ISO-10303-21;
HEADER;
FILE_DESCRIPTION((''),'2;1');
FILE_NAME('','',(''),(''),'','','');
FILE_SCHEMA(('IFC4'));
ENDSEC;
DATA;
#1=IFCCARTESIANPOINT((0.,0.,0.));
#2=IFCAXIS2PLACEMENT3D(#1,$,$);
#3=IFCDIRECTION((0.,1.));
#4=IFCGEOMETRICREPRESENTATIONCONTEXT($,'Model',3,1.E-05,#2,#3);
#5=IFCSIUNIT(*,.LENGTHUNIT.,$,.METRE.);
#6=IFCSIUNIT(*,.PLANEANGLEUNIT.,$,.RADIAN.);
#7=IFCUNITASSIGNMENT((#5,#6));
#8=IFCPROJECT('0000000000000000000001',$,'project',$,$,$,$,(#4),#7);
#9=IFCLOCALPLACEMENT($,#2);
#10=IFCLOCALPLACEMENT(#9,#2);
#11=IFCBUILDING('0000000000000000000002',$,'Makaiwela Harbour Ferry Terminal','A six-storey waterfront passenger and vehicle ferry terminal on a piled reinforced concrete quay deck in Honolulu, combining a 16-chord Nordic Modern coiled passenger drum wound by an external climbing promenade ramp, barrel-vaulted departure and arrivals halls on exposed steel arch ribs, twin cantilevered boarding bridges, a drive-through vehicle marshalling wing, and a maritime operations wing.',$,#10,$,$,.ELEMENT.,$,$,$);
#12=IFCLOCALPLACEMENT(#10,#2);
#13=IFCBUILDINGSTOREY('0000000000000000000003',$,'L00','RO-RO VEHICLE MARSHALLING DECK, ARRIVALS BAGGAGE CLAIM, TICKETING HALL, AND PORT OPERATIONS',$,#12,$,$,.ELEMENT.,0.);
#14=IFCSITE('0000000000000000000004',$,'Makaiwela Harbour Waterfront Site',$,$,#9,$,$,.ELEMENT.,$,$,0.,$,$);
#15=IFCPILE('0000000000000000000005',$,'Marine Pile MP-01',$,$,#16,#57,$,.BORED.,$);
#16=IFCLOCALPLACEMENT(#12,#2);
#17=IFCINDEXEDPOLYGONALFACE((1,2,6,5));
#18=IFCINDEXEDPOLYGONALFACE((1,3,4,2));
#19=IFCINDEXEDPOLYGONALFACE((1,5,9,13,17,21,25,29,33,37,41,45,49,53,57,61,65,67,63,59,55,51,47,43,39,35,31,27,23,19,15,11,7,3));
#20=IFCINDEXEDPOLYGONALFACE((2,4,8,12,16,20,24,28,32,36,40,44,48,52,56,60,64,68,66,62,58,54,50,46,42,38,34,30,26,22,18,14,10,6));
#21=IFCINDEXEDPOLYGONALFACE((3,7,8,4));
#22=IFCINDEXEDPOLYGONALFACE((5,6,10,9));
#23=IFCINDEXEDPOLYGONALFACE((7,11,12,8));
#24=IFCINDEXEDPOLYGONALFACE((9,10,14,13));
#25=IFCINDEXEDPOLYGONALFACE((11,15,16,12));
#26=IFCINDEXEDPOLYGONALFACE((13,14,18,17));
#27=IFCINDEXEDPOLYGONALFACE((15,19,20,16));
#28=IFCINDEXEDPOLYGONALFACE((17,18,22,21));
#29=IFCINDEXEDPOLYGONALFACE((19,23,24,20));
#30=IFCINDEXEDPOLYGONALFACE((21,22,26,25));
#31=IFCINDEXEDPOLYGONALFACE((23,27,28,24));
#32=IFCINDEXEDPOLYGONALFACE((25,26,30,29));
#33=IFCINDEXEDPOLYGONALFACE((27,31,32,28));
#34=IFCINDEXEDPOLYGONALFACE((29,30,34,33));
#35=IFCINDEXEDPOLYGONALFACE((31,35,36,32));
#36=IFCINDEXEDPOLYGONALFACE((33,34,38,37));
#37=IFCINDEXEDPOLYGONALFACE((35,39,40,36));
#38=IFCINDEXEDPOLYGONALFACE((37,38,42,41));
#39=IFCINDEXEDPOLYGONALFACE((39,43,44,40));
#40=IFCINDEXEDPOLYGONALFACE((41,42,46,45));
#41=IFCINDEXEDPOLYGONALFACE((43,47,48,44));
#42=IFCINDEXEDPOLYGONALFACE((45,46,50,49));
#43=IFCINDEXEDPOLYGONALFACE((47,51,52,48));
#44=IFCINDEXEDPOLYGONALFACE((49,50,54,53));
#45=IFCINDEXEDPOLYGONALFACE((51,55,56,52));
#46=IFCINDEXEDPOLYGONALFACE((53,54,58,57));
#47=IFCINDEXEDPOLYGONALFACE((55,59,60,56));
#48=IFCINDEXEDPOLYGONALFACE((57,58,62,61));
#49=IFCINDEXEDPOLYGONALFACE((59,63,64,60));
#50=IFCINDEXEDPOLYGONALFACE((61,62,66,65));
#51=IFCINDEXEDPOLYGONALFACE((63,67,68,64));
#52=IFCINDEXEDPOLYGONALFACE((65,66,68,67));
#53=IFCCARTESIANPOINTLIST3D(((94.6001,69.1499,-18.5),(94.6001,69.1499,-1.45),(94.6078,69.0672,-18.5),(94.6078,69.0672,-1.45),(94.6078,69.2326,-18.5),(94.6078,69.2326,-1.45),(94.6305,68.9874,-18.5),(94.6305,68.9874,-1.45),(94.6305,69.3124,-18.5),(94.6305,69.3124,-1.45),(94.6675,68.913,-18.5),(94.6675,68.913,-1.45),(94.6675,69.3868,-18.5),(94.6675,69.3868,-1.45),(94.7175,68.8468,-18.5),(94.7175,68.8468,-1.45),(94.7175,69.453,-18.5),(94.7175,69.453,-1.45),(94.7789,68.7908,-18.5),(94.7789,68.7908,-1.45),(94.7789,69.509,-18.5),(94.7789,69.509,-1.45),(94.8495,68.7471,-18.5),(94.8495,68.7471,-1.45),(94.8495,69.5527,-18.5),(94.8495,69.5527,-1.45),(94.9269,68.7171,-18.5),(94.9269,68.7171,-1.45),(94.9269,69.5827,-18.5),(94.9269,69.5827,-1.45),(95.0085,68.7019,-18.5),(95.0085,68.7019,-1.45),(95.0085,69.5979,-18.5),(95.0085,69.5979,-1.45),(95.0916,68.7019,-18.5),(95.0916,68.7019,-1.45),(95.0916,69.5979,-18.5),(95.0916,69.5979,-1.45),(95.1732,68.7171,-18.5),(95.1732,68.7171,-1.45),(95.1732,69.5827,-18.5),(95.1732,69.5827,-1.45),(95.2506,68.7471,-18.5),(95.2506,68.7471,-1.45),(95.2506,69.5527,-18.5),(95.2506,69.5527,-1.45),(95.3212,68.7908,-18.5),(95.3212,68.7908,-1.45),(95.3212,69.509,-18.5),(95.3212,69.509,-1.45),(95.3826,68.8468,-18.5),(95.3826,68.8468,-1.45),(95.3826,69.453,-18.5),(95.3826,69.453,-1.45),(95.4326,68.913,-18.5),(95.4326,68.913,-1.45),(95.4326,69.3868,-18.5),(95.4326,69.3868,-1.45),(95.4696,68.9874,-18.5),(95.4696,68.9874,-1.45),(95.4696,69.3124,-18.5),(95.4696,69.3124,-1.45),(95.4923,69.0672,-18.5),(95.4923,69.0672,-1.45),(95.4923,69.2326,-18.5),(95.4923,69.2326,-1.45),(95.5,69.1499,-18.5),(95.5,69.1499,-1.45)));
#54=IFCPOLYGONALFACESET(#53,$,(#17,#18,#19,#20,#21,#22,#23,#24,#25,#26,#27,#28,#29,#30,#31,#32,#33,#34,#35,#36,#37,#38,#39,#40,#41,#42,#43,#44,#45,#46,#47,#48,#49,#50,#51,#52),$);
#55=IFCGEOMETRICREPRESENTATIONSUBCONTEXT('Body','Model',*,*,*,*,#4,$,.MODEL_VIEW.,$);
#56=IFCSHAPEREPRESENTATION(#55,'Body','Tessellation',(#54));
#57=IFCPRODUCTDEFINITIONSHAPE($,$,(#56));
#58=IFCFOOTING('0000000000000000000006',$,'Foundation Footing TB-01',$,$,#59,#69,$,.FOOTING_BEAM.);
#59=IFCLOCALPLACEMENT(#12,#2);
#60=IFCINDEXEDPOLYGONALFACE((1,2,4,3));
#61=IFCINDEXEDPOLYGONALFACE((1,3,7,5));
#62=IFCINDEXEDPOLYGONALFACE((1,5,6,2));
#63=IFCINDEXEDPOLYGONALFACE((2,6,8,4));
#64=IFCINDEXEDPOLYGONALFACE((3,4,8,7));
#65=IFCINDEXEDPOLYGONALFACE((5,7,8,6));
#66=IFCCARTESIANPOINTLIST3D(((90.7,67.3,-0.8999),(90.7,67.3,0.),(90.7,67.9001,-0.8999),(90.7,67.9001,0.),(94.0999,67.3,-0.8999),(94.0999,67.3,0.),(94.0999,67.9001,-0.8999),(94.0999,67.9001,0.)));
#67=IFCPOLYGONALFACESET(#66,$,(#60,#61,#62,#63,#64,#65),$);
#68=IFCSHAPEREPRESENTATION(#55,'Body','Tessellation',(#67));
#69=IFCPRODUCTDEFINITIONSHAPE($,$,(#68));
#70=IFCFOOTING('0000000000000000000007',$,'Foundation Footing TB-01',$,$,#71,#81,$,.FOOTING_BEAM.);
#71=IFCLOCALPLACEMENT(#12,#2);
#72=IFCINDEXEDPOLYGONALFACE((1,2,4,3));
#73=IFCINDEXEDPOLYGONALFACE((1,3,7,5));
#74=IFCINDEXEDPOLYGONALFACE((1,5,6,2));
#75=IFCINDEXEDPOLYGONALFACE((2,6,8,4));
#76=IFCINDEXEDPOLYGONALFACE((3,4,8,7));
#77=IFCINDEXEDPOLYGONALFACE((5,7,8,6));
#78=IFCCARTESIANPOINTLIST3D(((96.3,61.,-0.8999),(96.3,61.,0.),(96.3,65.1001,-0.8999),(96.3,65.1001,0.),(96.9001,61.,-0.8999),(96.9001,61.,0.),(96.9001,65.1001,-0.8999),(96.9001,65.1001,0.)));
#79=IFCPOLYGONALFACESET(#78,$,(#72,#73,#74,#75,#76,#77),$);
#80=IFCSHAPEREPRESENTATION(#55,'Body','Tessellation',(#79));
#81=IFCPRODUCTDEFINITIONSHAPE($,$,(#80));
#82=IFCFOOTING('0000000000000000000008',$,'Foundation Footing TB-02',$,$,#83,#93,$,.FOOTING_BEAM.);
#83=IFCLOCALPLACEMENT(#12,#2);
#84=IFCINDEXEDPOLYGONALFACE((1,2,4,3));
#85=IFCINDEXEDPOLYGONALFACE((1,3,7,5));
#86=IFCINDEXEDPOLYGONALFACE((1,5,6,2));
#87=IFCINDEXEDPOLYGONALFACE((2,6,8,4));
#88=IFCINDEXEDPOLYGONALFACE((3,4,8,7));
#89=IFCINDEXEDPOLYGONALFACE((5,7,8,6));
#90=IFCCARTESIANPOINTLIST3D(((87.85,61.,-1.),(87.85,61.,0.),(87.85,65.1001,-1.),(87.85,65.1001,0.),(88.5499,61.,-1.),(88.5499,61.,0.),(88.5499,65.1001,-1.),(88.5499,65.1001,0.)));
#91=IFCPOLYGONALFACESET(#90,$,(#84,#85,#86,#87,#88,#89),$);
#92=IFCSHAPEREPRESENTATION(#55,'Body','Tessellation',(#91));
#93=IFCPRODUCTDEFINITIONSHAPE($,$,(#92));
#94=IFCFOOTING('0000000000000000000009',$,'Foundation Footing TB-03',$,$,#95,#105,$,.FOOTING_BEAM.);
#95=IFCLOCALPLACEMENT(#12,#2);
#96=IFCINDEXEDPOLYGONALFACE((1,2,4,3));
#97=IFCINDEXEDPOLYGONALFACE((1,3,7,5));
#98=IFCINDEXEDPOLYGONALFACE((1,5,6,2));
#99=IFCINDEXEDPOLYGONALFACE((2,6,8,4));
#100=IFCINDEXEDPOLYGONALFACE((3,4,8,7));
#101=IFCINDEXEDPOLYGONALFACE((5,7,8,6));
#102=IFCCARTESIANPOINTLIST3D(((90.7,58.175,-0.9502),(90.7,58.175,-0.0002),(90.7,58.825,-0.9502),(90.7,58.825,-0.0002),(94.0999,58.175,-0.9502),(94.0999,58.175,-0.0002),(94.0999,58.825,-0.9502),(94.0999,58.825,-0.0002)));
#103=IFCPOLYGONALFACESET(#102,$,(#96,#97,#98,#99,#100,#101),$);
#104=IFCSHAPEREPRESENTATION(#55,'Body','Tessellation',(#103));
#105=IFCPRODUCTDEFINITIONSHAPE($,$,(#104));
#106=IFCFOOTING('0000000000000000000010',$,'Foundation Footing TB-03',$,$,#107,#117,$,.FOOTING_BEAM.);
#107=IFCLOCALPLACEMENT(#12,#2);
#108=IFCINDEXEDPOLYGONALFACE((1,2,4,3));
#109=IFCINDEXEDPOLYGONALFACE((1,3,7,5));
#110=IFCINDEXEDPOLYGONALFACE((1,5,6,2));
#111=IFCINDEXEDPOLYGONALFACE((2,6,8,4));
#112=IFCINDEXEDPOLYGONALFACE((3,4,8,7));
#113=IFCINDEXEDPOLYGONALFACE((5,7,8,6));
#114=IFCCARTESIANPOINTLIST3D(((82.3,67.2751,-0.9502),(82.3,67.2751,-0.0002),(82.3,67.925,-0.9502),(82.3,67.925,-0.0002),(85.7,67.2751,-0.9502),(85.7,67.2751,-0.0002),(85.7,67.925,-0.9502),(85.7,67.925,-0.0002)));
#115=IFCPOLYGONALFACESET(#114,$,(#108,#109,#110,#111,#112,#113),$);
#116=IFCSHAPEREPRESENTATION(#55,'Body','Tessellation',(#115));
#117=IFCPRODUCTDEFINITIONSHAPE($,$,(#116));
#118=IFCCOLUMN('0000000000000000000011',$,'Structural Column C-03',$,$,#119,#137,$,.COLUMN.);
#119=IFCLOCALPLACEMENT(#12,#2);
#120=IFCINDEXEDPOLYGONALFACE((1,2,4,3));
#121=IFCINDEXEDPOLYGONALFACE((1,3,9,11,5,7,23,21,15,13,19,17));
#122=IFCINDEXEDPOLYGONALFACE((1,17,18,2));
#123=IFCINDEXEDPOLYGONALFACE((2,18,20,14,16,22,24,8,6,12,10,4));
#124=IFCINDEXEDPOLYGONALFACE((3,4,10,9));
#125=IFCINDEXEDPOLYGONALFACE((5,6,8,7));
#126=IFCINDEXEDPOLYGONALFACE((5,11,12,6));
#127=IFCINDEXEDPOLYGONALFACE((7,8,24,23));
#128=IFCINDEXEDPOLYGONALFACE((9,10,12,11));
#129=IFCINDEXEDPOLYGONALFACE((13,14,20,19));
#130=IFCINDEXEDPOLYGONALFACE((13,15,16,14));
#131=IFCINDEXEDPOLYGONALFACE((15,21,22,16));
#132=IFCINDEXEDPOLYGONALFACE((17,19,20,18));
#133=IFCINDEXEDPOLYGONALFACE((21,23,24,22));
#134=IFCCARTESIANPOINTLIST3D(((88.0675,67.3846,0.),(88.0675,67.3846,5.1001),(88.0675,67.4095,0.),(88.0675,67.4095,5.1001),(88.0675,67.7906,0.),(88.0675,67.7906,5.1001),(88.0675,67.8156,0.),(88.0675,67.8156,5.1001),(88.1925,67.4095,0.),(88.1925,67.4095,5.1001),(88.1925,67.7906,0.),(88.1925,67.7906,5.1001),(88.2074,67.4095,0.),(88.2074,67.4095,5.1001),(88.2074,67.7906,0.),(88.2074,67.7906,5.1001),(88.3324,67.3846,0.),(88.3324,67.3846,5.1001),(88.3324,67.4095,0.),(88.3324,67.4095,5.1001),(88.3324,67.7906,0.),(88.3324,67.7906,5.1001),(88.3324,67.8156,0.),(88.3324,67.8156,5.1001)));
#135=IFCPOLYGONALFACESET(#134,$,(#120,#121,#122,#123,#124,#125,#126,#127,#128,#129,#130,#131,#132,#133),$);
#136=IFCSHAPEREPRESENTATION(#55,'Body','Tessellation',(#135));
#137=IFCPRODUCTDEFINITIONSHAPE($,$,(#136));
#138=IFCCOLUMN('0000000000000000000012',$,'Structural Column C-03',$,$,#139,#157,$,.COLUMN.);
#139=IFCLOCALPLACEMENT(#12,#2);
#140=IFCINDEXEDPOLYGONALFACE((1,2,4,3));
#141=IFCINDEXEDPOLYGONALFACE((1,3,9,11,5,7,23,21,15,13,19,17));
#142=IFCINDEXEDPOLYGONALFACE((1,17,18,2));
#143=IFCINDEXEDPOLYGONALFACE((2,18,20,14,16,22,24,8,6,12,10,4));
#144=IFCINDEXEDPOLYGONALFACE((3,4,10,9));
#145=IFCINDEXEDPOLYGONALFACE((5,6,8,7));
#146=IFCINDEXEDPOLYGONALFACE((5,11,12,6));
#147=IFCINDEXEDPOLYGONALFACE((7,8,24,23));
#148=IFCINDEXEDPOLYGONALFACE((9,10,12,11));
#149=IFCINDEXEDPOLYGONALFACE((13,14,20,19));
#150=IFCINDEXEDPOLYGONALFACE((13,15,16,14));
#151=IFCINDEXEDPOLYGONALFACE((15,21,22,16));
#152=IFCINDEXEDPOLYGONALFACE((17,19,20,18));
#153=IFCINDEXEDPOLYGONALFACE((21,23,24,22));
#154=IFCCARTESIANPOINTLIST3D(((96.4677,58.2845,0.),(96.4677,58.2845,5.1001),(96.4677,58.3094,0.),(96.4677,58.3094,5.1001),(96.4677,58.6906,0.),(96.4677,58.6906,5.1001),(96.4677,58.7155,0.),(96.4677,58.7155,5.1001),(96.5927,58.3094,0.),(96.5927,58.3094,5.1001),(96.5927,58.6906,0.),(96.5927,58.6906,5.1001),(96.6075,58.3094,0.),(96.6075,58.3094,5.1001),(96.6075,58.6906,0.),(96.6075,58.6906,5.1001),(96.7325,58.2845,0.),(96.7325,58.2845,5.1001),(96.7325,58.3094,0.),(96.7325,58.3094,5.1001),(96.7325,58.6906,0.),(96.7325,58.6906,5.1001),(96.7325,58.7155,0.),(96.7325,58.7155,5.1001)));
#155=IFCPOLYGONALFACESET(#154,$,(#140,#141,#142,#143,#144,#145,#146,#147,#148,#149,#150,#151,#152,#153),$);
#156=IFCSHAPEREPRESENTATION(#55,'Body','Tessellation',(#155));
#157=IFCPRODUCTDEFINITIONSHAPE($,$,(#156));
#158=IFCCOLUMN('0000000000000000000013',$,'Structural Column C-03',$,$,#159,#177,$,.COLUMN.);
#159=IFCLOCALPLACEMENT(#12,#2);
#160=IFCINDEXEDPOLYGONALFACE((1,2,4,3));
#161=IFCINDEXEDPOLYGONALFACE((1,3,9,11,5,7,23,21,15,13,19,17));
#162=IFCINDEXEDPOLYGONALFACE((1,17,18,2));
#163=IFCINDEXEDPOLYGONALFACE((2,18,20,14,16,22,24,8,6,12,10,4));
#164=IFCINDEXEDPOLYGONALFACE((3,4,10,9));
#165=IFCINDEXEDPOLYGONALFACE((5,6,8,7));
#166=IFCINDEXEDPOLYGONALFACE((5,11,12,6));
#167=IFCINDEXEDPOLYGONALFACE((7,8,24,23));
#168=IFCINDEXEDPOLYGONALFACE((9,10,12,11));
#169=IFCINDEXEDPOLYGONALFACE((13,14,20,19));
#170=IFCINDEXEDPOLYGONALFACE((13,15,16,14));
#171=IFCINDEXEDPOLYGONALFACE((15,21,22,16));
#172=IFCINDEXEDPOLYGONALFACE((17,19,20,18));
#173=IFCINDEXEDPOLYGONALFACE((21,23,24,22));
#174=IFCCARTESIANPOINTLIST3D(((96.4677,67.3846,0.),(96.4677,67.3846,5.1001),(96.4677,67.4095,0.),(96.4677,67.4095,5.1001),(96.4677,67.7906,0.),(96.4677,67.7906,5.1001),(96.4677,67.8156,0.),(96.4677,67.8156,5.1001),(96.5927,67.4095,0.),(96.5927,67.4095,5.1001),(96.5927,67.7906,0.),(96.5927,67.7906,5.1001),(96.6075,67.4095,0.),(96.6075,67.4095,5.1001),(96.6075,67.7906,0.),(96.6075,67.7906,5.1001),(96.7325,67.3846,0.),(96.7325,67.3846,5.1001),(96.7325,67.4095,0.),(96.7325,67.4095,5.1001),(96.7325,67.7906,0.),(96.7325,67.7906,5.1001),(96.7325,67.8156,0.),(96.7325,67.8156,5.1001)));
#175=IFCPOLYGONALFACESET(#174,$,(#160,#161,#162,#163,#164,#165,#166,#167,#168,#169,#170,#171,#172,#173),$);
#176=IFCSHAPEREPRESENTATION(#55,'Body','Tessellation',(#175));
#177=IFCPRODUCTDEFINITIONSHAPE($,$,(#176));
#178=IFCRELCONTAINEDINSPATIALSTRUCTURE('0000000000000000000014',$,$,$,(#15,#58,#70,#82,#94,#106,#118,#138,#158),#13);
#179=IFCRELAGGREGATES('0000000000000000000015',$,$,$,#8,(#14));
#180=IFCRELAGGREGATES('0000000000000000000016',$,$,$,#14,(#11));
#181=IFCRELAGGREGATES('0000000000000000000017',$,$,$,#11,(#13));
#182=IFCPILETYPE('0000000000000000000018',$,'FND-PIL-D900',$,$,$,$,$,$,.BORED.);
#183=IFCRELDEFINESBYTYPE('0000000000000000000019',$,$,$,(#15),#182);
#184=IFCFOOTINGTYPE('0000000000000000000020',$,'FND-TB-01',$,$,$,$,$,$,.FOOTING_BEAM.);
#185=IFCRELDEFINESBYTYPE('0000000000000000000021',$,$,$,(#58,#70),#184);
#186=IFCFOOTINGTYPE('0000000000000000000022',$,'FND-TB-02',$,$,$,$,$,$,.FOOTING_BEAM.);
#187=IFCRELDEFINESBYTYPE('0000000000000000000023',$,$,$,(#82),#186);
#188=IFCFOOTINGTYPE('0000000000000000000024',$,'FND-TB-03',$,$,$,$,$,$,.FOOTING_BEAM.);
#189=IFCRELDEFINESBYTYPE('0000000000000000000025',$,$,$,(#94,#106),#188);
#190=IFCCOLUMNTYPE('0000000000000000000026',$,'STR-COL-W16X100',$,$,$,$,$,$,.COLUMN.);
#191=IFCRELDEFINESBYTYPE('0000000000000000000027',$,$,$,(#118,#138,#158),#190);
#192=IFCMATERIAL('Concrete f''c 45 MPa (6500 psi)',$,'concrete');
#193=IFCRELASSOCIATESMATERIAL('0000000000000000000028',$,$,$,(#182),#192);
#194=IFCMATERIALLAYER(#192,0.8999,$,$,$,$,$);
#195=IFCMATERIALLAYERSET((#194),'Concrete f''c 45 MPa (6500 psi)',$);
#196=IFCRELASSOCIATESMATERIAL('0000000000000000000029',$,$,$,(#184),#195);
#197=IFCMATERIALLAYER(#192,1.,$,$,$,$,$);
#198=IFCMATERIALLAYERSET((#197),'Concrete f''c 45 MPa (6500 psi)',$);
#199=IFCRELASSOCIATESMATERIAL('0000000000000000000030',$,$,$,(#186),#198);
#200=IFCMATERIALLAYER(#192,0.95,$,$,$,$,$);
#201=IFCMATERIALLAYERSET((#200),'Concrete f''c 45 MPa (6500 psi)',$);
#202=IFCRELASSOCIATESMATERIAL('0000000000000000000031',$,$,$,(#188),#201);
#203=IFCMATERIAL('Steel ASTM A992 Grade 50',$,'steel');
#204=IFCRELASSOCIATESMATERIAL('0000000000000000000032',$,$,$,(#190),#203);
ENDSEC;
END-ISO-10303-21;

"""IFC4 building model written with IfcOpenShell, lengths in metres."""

from ifc_helpers import new_model, si_unit, direction, frame, origin, origin_2d, place, context, subcontext, project, spatial, rectangle, circle, i_section, extrude, material, layer, layer_set, material_profile, profile_set, type_object, element, save


model = new_model("IFC4")

# Units and contexts
model_context = context("Model", 3, precision=1e-05, world=origin(), true_north=direction((0.0, 1.0)))
body_context = subcontext(model_context, "Body", "Model", "MODEL_VIEW")
ifc_project = project(units=[si_unit("LENGTHUNIT", "METRE"), si_unit("PLANEANGLEUNIT", "RADIAN")], contexts=[model_context])

# Site, building, storey
site_placement = place(None, origin())
site = spatial("IfcSite", under=ifc_project, at=site_placement, Name="Makaiwela Harbour Waterfront Site", CompositionType="ELEMENT", RefElevation=0.0)
building_placement = place(site_placement, origin())
building = spatial("IfcBuilding", under=site, at=building_placement, Name="Makaiwela Harbour Ferry Terminal", Description="A six-storey waterfront passenger and vehicle ferry terminal on a piled reinforced concrete quay deck in Honolulu, combining a 16-chord Nordic Modern coiled passenger drum wound by an external climbing promenade ramp, barrel-vaulted departure and arrivals halls on exposed steel arch ribs, twin cantilevered boarding bridges, a drive-through vehicle marshalling wing, and a maritime operations wing.", CompositionType="ELEMENT")
storey_placement = place(building_placement, origin())
storey = spatial("IfcBuildingStorey", under=building, at=storey_placement, Name="L00", Description="RO-RO VEHICLE MARSHALLING DECK, ARRIVALS BAGGAGE CLAIM, TICKETING HALL, AND PORT OPERATIONS", CompositionType="ELEMENT", Elevation=0.0)

# Shared definitions
ifc_material_1 = material(Name="Concrete f'c 45 MPa (6500 psi)", Category="concrete")

# Pile
ifc_material_profile_1 = material_profile(ifc_material_1, circle(Radius=0.45, at=origin_2d()), Name="PILE-D900")
ifc_profile_set_1 = profile_set([ifc_material_profile_1], Name="Concrete f'c 45 MPa (6500 psi)")
pile_type = type_object("IfcPileType", Name="FND-PIL-D900", PredefinedType="BORED", material=ifc_profile_set_1)
for number, where, z_axis, x_axis, name in (
    (1, (95.05, 69.1499, -1.45), (0.0, 0.0, -1.0), (1.0, 0.0, 0.0), "Marine Pile MP-01"),
):
    element("IfcPile", number, at=place(storey_placement, frame(where, z_axis=z_axis, x_axis=x_axis)), inside=storey, type_object=pile_type, Name=name, PredefinedType="BORED", context=body_context, shape_type="SweptSolid", body=[
        extrude(circle(Radius=0.45, at=origin_2d()), origin(), (0.0, 0.0, 1.0), 17.05),
    ])

# Footings
ifc_layer_1 = layer(ifc_material_1, 0.8999)
ifc_layer_set_1 = layer_set([ifc_layer_1], Name="Concrete f'c 45 MPa (6500 psi)")
footing_type_1 = type_object("IfcFootingType", Name="FND-TB-01", PredefinedType="FOOTING_BEAM", material=ifc_layer_set_1)
footing_1_placement = place(storey_placement, frame((92.3999, 67.6001, -0.8999), z_axis=(0.0, 0.0, 1.0), x_axis=(1.0, 0.0, 0.0)))
element("IfcFooting", 2, at=footing_1_placement, inside=storey, type_object=footing_type_1, Name="Foundation Footing TB-01", PredefinedType="FOOTING_BEAM", context=body_context, shape_type="SweptSolid", body=[
    extrude(rectangle(XDim=3.3999, YDim=0.6001, at=origin_2d()), origin(), (0.0, 0.0, 1.0), 0.8999),
])
footing_2_placement = place(storey_placement, frame((96.6001, 63.05, -0.8999), z_axis=(0.0, 0.0, 1.0), x_axis=(0.0, 1.0, 0.0)))
element("IfcFooting", 3, at=footing_2_placement, inside=storey, type_object=footing_type_1, Name="Foundation Footing TB-01", PredefinedType="FOOTING_BEAM", context=body_context, shape_type="SweptSolid", body=[
    extrude(rectangle(XDim=4.1001, YDim=0.6001, at=origin_2d()), origin(), (0.0, 0.0, 1.0), 0.8999),
])
ifc_layer_2 = layer(ifc_material_1, 1.0)
ifc_layer_set_2 = layer_set([ifc_layer_2], Name="Concrete f'c 45 MPa (6500 psi)")
footing_type_2 = type_object("IfcFootingType", Name="FND-TB-02", PredefinedType="FOOTING_BEAM", material=ifc_layer_set_2)
footing_3_placement = place(storey_placement, frame((88.2, 63.05, -1.0), z_axis=(0.0, 0.0, 1.0), x_axis=(0.0, 1.0, 0.0)))
element("IfcFooting", 4, at=footing_3_placement, inside=storey, type_object=footing_type_2, Name="Foundation Footing TB-02", PredefinedType="FOOTING_BEAM", context=body_context, shape_type="SweptSolid", body=[
    extrude(rectangle(XDim=4.1001, YDim=0.7, at=origin_2d()), origin(), (0.0, 0.0, 1.0), 1.0),
])
ifc_layer_3 = layer(ifc_material_1, 0.95)
ifc_layer_set_3 = layer_set([ifc_layer_3], Name="Concrete f'c 45 MPa (6500 psi)")
footing_type_3 = type_object("IfcFootingType", Name="FND-TB-03", PredefinedType="FOOTING_BEAM", material=ifc_layer_set_3)
for number, where, z_axis, x_axis, name in (
    (5, (92.3999, 58.5, -0.9502), (0.0, 0.0, 1.0), (1.0, 0.0, 0.0), "Foundation Footing TB-03"),
    (6, (84.0, 67.6001, -0.9502), (0.0, 0.0, 1.0), (1.0, 0.0, 0.0), "Foundation Footing TB-03"),
):
    element("IfcFooting", number, at=place(storey_placement, frame(where, z_axis=z_axis, x_axis=x_axis)), inside=storey, type_object=footing_type_3, Name=name, PredefinedType="FOOTING_BEAM", context=body_context, shape_type="SweptSolid", body=[
        extrude(rectangle(XDim=3.3999, YDim=0.6499, at=origin_2d()), origin(), (0.0, 0.0, 1.0), 0.95),
    ])

# Columns
ifc_material_2 = material(Name="Steel ASTM A992 Grade 50", Category="steel")
ifc_material_profile_2 = material_profile(ifc_material_2, i_section(OverallWidth=0.2649, OverallDepth=0.4309, WebThickness=0.0149, FlangeThickness=0.0249, at=origin_2d()), Name="W16X100")
ifc_profile_set_2 = profile_set([ifc_material_profile_2], Name="Steel ASTM A992 Grade 50")
column_type = type_object("IfcColumnType", Name="STR-COL-W16X100", PredefinedType="COLUMN", material=ifc_profile_set_2)
for number, where, z_axis, x_axis, name in (
    (7, (88.2, 67.6001, 0.0), (0.0, 0.0, 1.0), (1.0, 0.0, 0.0), "Structural Column C-03"),
    (8, (96.6001, 58.5, 0.0), (0.0, 0.0, 1.0), (1.0, 0.0, 0.0), "Structural Column C-03"),
    (9, (96.6001, 67.6001, 0.0), (0.0, 0.0, 1.0), (1.0, 0.0, 0.0), "Structural Column C-03"),
):
    element("IfcColumn", number, at=place(storey_placement, frame(where, z_axis=z_axis, x_axis=x_axis)), inside=storey, type_object=column_type, Name=name, PredefinedType="COLUMN", context=body_context, shape_type="SweptSolid", body=[
        extrude(i_section(OverallWidth=0.2649, OverallDepth=0.4309, WebThickness=0.0149, FlangeThickness=0.0249, at=origin_2d()), origin(), (0.0, 0.0, 1.0), 5.1001),
    ])

save(model, "model.ifc")
